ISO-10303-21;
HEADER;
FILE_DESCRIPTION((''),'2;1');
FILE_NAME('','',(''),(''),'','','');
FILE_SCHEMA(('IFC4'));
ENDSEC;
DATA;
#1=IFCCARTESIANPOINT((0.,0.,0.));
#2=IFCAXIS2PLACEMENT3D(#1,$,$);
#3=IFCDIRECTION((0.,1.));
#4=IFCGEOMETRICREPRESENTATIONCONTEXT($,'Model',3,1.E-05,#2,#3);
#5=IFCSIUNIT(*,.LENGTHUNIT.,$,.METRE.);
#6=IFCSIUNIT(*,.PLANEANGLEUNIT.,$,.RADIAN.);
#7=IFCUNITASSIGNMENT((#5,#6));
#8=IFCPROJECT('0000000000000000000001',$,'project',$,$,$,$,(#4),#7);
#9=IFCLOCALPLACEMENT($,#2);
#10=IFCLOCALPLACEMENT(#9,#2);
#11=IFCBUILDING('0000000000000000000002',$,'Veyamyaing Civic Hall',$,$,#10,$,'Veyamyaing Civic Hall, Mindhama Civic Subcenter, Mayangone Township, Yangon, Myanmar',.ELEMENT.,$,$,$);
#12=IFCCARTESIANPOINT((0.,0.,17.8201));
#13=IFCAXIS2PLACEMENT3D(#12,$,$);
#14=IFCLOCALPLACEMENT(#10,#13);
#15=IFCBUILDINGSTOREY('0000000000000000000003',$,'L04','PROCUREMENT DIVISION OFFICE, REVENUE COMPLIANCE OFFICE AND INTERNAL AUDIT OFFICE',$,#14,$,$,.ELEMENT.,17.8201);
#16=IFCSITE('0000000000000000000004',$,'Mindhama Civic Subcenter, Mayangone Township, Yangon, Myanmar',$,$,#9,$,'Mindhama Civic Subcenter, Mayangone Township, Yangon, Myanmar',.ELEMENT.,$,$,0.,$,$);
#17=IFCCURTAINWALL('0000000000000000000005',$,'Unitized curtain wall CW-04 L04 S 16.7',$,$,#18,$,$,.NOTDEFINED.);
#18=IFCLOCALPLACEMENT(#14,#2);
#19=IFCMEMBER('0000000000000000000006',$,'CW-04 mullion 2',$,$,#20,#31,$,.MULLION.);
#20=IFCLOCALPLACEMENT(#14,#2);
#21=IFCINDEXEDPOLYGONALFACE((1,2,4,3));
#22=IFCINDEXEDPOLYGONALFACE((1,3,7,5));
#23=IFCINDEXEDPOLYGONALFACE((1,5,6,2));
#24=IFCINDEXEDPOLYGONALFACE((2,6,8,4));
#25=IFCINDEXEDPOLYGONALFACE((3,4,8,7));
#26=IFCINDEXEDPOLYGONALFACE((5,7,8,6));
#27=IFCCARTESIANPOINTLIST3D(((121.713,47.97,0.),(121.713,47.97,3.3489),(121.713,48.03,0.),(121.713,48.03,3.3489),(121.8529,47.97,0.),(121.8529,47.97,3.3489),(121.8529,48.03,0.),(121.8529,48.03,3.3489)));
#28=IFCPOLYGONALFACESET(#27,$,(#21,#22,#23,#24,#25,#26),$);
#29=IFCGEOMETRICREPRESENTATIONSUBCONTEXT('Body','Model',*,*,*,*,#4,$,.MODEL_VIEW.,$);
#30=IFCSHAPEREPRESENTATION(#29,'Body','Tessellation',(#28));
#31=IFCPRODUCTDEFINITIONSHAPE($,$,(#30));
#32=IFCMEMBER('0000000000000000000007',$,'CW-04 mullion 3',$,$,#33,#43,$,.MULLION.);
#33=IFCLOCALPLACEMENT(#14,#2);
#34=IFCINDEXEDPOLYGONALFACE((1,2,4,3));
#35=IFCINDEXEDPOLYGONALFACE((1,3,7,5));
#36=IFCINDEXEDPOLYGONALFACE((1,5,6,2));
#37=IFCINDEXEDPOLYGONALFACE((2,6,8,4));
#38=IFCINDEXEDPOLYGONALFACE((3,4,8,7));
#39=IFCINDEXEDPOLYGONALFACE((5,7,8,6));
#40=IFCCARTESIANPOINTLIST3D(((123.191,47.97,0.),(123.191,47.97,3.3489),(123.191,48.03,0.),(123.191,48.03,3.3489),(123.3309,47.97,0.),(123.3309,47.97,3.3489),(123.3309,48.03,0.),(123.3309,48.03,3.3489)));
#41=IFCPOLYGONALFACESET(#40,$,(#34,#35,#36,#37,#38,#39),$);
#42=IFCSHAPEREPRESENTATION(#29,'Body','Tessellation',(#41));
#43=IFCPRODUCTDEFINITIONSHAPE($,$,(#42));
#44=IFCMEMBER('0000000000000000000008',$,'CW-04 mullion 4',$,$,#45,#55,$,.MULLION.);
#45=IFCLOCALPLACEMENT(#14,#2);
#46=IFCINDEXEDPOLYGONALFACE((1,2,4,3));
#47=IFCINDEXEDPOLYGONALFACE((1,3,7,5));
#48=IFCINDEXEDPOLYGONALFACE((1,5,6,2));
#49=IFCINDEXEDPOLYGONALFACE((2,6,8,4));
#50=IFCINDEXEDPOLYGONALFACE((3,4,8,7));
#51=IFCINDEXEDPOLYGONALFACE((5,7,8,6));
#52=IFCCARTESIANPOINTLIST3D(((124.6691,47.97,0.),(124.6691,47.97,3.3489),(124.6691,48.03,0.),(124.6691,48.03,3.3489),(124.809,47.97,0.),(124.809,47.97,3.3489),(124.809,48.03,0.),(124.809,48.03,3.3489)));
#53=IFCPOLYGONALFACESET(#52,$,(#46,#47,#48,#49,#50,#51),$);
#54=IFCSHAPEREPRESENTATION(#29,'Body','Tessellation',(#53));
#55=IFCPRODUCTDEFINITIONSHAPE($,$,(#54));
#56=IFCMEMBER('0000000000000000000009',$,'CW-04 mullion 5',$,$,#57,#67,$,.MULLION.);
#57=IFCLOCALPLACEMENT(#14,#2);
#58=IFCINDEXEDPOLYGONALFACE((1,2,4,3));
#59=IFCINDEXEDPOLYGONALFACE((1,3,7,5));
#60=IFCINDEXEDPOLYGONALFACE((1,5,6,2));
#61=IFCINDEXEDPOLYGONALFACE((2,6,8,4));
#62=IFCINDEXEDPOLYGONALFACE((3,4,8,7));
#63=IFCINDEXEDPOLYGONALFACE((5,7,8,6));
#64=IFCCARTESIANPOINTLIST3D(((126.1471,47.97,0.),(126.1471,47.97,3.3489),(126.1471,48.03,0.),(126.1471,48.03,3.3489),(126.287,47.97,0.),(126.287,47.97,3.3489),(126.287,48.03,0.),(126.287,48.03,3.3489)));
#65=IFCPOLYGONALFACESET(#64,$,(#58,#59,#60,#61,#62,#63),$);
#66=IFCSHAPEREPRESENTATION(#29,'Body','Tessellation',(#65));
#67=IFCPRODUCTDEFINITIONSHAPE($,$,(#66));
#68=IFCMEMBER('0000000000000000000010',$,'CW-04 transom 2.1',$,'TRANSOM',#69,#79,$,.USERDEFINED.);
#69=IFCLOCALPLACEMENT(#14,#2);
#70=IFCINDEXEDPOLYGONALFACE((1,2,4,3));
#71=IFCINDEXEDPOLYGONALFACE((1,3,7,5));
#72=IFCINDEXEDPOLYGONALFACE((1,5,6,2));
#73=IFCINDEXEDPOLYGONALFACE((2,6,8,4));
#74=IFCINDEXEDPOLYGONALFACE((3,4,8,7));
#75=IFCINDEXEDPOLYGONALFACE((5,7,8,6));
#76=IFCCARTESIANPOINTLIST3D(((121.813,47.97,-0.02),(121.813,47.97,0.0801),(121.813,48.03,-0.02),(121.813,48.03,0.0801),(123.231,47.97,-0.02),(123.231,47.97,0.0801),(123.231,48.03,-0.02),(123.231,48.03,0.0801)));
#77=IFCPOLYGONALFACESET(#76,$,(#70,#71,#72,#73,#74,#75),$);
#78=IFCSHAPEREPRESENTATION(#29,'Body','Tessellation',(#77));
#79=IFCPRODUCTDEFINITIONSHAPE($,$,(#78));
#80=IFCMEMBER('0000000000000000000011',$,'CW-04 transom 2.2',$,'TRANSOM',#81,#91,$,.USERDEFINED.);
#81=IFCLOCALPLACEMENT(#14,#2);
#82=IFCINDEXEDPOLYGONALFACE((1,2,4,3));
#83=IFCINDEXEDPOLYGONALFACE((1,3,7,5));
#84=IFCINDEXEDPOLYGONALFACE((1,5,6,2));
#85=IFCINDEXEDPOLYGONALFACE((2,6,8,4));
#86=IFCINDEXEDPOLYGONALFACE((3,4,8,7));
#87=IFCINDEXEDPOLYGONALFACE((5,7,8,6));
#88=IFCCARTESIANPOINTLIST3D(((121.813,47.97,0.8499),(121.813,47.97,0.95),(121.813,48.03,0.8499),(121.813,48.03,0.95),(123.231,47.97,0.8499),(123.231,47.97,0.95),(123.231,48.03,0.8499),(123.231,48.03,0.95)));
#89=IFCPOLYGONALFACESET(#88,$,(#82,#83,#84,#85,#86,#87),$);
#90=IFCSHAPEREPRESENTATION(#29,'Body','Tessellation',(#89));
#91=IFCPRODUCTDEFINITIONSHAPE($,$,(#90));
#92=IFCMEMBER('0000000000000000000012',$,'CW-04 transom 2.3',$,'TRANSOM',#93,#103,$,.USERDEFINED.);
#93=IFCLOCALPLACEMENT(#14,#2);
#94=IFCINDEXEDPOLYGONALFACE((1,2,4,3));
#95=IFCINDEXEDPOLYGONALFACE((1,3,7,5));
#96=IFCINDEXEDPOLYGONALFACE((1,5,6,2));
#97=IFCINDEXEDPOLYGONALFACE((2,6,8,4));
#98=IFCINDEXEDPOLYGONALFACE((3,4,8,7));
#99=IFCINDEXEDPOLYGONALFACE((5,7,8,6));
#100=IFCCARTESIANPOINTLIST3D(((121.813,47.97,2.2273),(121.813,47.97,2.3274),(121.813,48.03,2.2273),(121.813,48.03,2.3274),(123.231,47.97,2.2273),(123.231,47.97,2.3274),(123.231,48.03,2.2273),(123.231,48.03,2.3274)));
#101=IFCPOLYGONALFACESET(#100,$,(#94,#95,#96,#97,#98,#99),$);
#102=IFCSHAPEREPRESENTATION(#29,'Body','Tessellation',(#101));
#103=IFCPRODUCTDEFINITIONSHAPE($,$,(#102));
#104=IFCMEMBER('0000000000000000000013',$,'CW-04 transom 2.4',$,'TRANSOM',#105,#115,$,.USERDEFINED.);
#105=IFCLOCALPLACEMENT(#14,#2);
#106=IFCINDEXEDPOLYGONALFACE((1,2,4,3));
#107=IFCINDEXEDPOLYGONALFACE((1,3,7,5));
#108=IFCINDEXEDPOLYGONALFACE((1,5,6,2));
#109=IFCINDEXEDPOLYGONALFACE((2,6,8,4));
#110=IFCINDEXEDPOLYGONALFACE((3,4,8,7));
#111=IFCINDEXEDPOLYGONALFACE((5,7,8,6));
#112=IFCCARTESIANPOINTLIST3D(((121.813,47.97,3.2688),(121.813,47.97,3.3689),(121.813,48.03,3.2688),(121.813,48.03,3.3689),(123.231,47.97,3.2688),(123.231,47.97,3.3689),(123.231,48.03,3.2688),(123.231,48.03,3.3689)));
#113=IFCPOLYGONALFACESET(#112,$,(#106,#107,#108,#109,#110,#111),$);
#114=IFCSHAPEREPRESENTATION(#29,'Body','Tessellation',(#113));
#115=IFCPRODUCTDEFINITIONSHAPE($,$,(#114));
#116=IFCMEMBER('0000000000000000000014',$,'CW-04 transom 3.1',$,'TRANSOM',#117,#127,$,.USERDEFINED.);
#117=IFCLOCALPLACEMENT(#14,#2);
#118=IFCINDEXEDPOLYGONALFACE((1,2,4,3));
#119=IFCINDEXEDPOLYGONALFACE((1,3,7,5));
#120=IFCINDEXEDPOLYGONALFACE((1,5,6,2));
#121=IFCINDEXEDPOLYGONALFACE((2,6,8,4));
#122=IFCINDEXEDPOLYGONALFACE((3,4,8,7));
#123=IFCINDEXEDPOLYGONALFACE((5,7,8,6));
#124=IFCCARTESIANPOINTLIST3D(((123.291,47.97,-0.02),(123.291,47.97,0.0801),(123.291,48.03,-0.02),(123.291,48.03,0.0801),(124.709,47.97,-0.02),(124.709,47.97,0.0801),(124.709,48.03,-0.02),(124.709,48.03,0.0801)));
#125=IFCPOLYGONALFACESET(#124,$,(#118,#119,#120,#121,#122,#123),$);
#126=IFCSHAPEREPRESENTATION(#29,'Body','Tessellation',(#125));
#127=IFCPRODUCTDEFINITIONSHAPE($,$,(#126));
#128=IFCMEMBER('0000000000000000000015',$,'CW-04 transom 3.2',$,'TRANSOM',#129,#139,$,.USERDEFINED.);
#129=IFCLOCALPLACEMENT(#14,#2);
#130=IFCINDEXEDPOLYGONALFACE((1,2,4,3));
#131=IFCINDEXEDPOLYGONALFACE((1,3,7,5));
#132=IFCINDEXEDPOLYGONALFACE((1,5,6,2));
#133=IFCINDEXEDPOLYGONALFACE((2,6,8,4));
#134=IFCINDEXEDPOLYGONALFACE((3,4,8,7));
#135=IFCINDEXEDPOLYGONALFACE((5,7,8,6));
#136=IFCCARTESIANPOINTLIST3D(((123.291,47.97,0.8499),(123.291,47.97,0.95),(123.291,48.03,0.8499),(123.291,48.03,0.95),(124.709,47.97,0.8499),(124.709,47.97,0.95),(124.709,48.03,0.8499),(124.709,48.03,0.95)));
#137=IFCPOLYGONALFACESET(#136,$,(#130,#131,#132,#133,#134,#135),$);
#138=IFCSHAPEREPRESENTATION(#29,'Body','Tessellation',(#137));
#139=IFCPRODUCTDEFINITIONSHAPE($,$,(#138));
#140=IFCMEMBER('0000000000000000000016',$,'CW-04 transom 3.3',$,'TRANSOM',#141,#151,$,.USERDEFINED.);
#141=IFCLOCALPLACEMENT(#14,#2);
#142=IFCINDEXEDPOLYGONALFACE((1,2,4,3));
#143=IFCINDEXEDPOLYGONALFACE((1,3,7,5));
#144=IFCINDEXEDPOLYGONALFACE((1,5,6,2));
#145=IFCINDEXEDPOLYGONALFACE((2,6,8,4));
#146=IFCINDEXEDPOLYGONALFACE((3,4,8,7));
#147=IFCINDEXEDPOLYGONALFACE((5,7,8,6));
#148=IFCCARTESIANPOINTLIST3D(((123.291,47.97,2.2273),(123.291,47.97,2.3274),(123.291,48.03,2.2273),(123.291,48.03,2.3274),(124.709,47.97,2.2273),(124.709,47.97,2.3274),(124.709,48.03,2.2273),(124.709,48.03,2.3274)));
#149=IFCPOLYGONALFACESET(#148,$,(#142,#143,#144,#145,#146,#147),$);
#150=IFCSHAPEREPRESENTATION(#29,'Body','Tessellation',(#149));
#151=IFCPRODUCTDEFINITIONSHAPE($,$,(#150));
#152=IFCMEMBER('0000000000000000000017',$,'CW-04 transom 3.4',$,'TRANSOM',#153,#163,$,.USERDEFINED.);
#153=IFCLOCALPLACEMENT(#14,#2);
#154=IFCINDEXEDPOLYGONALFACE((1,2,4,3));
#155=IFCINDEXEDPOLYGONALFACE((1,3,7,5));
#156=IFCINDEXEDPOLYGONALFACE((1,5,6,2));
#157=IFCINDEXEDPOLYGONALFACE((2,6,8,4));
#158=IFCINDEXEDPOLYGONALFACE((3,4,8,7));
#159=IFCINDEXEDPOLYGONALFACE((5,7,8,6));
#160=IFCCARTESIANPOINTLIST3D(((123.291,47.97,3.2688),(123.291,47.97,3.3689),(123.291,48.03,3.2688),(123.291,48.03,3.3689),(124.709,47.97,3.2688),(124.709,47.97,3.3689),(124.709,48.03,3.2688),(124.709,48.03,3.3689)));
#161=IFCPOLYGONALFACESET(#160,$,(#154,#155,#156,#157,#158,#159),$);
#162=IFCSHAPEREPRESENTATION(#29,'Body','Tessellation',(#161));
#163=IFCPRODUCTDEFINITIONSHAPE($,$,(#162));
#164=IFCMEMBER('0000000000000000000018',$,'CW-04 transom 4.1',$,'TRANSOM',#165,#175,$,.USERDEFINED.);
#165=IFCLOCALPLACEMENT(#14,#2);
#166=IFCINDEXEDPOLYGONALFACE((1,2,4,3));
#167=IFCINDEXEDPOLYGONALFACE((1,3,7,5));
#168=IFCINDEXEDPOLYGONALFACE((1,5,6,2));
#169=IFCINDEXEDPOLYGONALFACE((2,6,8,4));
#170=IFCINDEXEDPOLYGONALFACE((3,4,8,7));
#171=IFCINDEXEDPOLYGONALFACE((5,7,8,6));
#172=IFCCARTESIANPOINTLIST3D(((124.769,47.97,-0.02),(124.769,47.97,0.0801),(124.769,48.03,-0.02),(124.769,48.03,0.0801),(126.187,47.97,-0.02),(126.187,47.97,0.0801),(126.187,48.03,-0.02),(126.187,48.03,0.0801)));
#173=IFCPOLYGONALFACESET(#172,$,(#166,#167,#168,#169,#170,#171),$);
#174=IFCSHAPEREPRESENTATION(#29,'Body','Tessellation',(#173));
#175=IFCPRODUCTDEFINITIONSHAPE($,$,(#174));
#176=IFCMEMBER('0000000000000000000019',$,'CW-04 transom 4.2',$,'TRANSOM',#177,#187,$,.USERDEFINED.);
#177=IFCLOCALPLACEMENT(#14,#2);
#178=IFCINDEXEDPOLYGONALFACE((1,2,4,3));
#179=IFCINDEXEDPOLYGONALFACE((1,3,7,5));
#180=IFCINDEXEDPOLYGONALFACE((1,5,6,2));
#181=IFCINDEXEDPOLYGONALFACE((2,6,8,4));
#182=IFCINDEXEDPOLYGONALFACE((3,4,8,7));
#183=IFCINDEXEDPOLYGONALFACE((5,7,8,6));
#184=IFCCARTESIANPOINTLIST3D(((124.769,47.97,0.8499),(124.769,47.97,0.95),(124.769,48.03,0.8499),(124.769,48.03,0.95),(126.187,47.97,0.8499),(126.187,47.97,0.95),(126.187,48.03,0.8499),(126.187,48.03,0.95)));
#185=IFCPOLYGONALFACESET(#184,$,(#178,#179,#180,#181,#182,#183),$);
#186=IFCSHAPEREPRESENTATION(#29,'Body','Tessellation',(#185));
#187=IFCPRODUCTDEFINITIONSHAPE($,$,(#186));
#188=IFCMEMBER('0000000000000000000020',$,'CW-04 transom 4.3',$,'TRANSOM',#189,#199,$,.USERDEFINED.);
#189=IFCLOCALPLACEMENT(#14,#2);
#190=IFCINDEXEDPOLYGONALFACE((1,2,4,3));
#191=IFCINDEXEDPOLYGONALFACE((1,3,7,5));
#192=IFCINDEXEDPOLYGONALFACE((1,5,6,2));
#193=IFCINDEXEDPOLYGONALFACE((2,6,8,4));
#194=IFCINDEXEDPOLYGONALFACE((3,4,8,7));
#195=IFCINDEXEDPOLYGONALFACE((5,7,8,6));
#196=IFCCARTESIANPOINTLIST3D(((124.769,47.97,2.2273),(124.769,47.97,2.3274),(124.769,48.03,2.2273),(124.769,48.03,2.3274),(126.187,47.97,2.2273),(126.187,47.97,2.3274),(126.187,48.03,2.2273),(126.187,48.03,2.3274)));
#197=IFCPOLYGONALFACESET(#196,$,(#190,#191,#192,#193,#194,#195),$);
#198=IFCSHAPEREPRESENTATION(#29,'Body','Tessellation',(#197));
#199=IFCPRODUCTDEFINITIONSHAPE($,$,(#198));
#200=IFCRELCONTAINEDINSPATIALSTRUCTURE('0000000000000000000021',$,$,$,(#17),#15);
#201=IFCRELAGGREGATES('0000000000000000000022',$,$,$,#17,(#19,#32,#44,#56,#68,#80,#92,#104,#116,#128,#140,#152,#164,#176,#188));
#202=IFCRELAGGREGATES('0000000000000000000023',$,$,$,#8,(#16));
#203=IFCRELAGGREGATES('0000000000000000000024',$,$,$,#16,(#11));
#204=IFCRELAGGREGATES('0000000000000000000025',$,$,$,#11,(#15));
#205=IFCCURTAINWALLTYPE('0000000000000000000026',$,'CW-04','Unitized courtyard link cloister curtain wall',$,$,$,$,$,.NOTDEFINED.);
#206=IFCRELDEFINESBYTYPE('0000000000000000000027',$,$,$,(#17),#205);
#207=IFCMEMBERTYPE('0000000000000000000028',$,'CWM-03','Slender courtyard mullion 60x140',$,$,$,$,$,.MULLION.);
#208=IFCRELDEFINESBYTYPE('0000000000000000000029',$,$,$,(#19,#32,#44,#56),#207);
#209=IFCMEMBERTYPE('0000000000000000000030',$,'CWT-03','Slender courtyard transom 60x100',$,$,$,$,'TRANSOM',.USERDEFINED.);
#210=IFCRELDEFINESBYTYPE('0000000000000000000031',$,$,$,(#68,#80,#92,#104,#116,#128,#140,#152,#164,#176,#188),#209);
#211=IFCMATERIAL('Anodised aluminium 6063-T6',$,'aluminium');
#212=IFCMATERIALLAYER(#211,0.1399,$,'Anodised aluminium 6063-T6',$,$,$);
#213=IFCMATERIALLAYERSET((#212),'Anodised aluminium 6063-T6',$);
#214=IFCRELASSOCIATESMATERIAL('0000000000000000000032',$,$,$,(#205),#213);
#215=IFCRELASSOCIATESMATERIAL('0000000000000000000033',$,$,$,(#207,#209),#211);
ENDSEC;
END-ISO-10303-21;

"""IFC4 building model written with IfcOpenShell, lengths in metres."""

from ifc_helpers import new_model, si_unit, direction, frame, origin, origin_2d, place, context, subcontext, project, spatial, rectangle, extrude, material, layer, layer_set, material_profile, profile_set, type_object, element, aggregate, save


model = new_model("IFC4")

# Units and contexts
model_context = context("Model", 3, precision=1e-05, world=origin(), true_north=direction((0.0, 1.0)))
body_context = subcontext(model_context, "Body", "Model", "MODEL_VIEW")
ifc_project = project(units=[si_unit("LENGTHUNIT", "METRE"), si_unit("PLANEANGLEUNIT", "RADIAN")], contexts=[model_context])

# Site, building, storey
site_placement = place(None, origin())
site = spatial("IfcSite", under=ifc_project, at=site_placement, Name="Mindhama Civic Subcenter, Mayangone Township, Yangon, Myanmar", LongName="Mindhama Civic Subcenter, Mayangone Township, Yangon, Myanmar", CompositionType="ELEMENT", RefElevation=0.0)
building_placement = place(site_placement, origin())
building = spatial("IfcBuilding", under=site, at=building_placement, Name="Veyamyaing Civic Hall", LongName="Veyamyaing Civic Hall, Mindhama Civic Subcenter, Mayangone Township, Yangon, Myanmar", CompositionType="ELEMENT")
storey_placement = place(building_placement, frame((0.0, 0.0, 17.8201)))
storey = spatial("IfcBuildingStorey", under=building, at=storey_placement, Name="L04", Description="PROCUREMENT DIVISION OFFICE, REVENUE COMPLIANCE OFFICE AND INTERNAL AUDIT OFFICE", CompositionType="ELEMENT", Elevation=17.8201)

# Curtain wall, members
ifc_material_1 = material(Name="Anodised aluminium 6063-T6", Category="aluminium")
ifc_layer_1 = layer(ifc_material_1, 0.1399, Name="Anodised aluminium 6063-T6")
ifc_layer_set_1 = layer_set([ifc_layer_1], Name="Anodised aluminium 6063-T6")
curtain_wall_type = type_object("IfcCurtainWallType", Name="CW-04", Description="Unitized courtyard link cloister curtain wall", PredefinedType="NOTDEFINED", material=ifc_layer_set_1)
curtain_wall_placement = place(storey_placement, origin())
curtain_wall = element("IfcCurtainWall", 1, at=curtain_wall_placement, inside=storey, type_object=curtain_wall_type, Name="Unitized curtain wall CW-04 L04 S 16.7", PredefinedType="NOTDEFINED")
ifc_material_profile_1 = material_profile(ifc_material_1, rectangle(XDim=0.0601, YDim=0.1399, at=origin_2d()), Name="ALU-MUL-60X140")
ifc_profile_set_1 = profile_set([ifc_material_profile_1], Name="Anodised aluminium 6063-T6")
member_type_1 = type_object("IfcMemberType", Name="CWM-03", Description="Slender courtyard mullion 60x140", PredefinedType="MULLION", material=ifc_profile_set_1)
member_1_placement = place(storey_placement, frame((121.783, 48.0, 0.0), z_axis=(0.0, 0.0, 1.0), x_axis=(0.0, 1.0, 0.0)))
member_1 = element("IfcMember", 2, at=member_1_placement, type_object=member_type_1, Name="CW-04 mullion 2", PredefinedType="MULLION", context=body_context, shape_type="SweptSolid", body=[
    extrude(rectangle(XDim=0.0601, YDim=0.1399, at=origin_2d()), origin(), (0.0, 0.0, 1.0), 3.3489),
])
member_2_placement = place(storey_placement, frame((123.261, 48.0, 0.0), z_axis=(0.0, 0.0, 1.0), x_axis=(0.0, 1.0, 0.0)))
member_2 = element("IfcMember", 3, at=member_2_placement, type_object=member_type_1, Name="CW-04 mullion 3", PredefinedType="MULLION", context=body_context, shape_type="SweptSolid", body=[
    extrude(rectangle(XDim=0.0601, YDim=0.1399, at=origin_2d()), origin(), (0.0, 0.0, 1.0), 3.3489),
])
member_3_placement = place(storey_placement, frame((124.739, 48.0, 0.0), z_axis=(0.0, 0.0, 1.0), x_axis=(0.0, 1.0, 0.0)))
member_3 = element("IfcMember", 4, at=member_3_placement, type_object=member_type_1, Name="CW-04 mullion 4", PredefinedType="MULLION", context=body_context, shape_type="SweptSolid", body=[
    extrude(rectangle(XDim=0.0601, YDim=0.1399, at=origin_2d()), origin(), (0.0, 0.0, 1.0), 3.3489),
])
member_4_placement = place(storey_placement, frame((126.217, 48.0, 0.0), z_axis=(0.0, 0.0, 1.0), x_axis=(0.0, 1.0, 0.0)))
member_4 = element("IfcMember", 5, at=member_4_placement, type_object=member_type_1, Name="CW-04 mullion 5", PredefinedType="MULLION", context=body_context, shape_type="SweptSolid", body=[
    extrude(rectangle(XDim=0.0601, YDim=0.1399, at=origin_2d()), origin(), (0.0, 0.0, 1.0), 3.3489),
])
ifc_material_profile_2 = material_profile(ifc_material_1, rectangle(XDim=0.0601, YDim=0.1001, at=origin_2d()), Name="ALU-TRN-60X100")
ifc_profile_set_2 = profile_set([ifc_material_profile_2], Name="Anodised aluminium 6063-T6")
member_type_2 = type_object("IfcMemberType", Name="CWT-03", Description="Slender courtyard transom 60x100", ElementType="TRANSOM", PredefinedType="USERDEFINED", material=ifc_profile_set_2)
member_5_placement = place(storey_placement, frame((121.813, 48.0, 0.03), z_axis=(1.0, 0.0, 0.0), x_axis=(0.0, 1.0, 0.0)))
member_5 = element("IfcMember", 6, at=member_5_placement, type_object=member_type_2, Name="CW-04 transom 2.1", ObjectType="TRANSOM", PredefinedType="USERDEFINED", context=body_context, shape_type="SweptSolid", body=[
    extrude(rectangle(XDim=0.0601, YDim=0.1001, at=origin_2d()), origin(), (0.0, 0.0, 1.0), 1.418),
])
member_6_placement = place(storey_placement, frame((121.813, 48.0, 0.8999), z_axis=(1.0, 0.0, 0.0), x_axis=(0.0, 1.0, 0.0)))
member_6 = element("IfcMember", 7, at=member_6_placement, type_object=member_type_2, Name="CW-04 transom 2.2", ObjectType="TRANSOM", PredefinedType="USERDEFINED", context=body_context, shape_type="SweptSolid", body=[
    extrude(rectangle(XDim=0.0601, YDim=0.1001, at=origin_2d()), origin(), (0.0, 0.0, 1.0), 1.418),
])
member_7_placement = place(storey_placement, frame((121.813, 48.0, 2.2773), z_axis=(1.0, 0.0, 0.0), x_axis=(0.0, 1.0, 0.0)))
member_7 = element("IfcMember", 8, at=member_7_placement, type_object=member_type_2, Name="CW-04 transom 2.3", ObjectType="TRANSOM", PredefinedType="USERDEFINED", context=body_context, shape_type="SweptSolid", body=[
    extrude(rectangle(XDim=0.0601, YDim=0.1001, at=origin_2d()), origin(), (0.0, 0.0, 1.0), 1.418),
])
member_8_placement = place(storey_placement, frame((121.813, 48.0, 3.3188), z_axis=(1.0, 0.0, 0.0), x_axis=(0.0, 1.0, 0.0)))
member_8 = element("IfcMember", 9, at=member_8_placement, type_object=member_type_2, Name="CW-04 transom 2.4", ObjectType="TRANSOM", PredefinedType="USERDEFINED", context=body_context, shape_type="SweptSolid", body=[
    extrude(rectangle(XDim=0.0601, YDim=0.1001, at=origin_2d()), origin(), (0.0, 0.0, 1.0), 1.418),
])
member_9_placement = place(storey_placement, frame((123.291, 48.0, 0.03), z_axis=(1.0, 0.0, 0.0), x_axis=(0.0, 1.0, 0.0)))
member_9 = element("IfcMember", 10, at=member_9_placement, type_object=member_type_2, Name="CW-04 transom 3.1", ObjectType="TRANSOM", PredefinedType="USERDEFINED", context=body_context, shape_type="SweptSolid", body=[
    extrude(rectangle(XDim=0.0601, YDim=0.1001, at=origin_2d()), origin(), (0.0, 0.0, 1.0), 1.418),
])
member_10_placement = place(storey_placement, frame((123.291, 48.0, 0.8999), z_axis=(1.0, 0.0, 0.0), x_axis=(0.0, 1.0, 0.0)))
member_10 = element("IfcMember", 11, at=member_10_placement, type_object=member_type_2, Name="CW-04 transom 3.2", ObjectType="TRANSOM", PredefinedType="USERDEFINED", context=body_context, shape_type="SweptSolid", body=[
    extrude(rectangle(XDim=0.0601, YDim=0.1001, at=origin_2d()), origin(), (0.0, 0.0, 1.0), 1.418),
])
member_11_placement = place(storey_placement, frame((123.291, 48.0, 2.2773), z_axis=(1.0, 0.0, 0.0), x_axis=(0.0, 1.0, 0.0)))
member_11 = element("IfcMember", 12, at=member_11_placement, type_object=member_type_2, Name="CW-04 transom 3.3", ObjectType="TRANSOM", PredefinedType="USERDEFINED", context=body_context, shape_type="SweptSolid", body=[
    extrude(rectangle(XDim=0.0601, YDim=0.1001, at=origin_2d()), origin(), (0.0, 0.0, 1.0), 1.418),
])
member_12_placement = place(storey_placement, frame((123.291, 48.0, 3.3188), z_axis=(1.0, 0.0, 0.0), x_axis=(0.0, 1.0, 0.0)))
member_12 = element("IfcMember", 13, at=member_12_placement, type_object=member_type_2, Name="CW-04 transom 3.4", ObjectType="TRANSOM", PredefinedType="USERDEFINED", context=body_context, shape_type="SweptSolid", body=[
    extrude(rectangle(XDim=0.0601, YDim=0.1001, at=origin_2d()), origin(), (0.0, 0.0, 1.0), 1.418),
])
member_13_placement = place(storey_placement, frame((124.769, 48.0, 0.03), z_axis=(1.0, 0.0, 0.0), x_axis=(0.0, 1.0, 0.0)))
member_13 = element("IfcMember", 14, at=member_13_placement, type_object=member_type_2, Name="CW-04 transom 4.1", ObjectType="TRANSOM", PredefinedType="USERDEFINED", context=body_context, shape_type="SweptSolid", body=[
    extrude(rectangle(XDim=0.0601, YDim=0.1001, at=origin_2d()), origin(), (0.0, 0.0, 1.0), 1.418),
])
member_14_placement = place(storey_placement, frame((124.769, 48.0, 0.8999), z_axis=(1.0, 0.0, 0.0), x_axis=(0.0, 1.0, 0.0)))
member_14 = element("IfcMember", 15, at=member_14_placement, type_object=member_type_2, Name="CW-04 transom 4.2", ObjectType="TRANSOM", PredefinedType="USERDEFINED", context=body_context, shape_type="SweptSolid", body=[
    extrude(rectangle(XDim=0.0601, YDim=0.1001, at=origin_2d()), origin(), (0.0, 0.0, 1.0), 1.418),
])
member_15_placement = place(storey_placement, frame((124.769, 48.0, 2.2773), z_axis=(1.0, 0.0, 0.0), x_axis=(0.0, 1.0, 0.0)))
member_15 = element("IfcMember", 16, at=member_15_placement, type_object=member_type_2, Name="CW-04 transom 4.3", ObjectType="TRANSOM", PredefinedType="USERDEFINED", context=body_context, shape_type="SweptSolid", body=[
    extrude(rectangle(XDim=0.0601, YDim=0.1001, at=origin_2d()), origin(), (0.0, 0.0, 1.0), 1.418),
])
aggregate(curtain_wall, [member_1, member_2, member_3, member_4, member_5, member_6, member_7, member_8, member_9, member_10, member_11, member_12, member_13, member_14, member_15])

save(model, "model.ifc")
